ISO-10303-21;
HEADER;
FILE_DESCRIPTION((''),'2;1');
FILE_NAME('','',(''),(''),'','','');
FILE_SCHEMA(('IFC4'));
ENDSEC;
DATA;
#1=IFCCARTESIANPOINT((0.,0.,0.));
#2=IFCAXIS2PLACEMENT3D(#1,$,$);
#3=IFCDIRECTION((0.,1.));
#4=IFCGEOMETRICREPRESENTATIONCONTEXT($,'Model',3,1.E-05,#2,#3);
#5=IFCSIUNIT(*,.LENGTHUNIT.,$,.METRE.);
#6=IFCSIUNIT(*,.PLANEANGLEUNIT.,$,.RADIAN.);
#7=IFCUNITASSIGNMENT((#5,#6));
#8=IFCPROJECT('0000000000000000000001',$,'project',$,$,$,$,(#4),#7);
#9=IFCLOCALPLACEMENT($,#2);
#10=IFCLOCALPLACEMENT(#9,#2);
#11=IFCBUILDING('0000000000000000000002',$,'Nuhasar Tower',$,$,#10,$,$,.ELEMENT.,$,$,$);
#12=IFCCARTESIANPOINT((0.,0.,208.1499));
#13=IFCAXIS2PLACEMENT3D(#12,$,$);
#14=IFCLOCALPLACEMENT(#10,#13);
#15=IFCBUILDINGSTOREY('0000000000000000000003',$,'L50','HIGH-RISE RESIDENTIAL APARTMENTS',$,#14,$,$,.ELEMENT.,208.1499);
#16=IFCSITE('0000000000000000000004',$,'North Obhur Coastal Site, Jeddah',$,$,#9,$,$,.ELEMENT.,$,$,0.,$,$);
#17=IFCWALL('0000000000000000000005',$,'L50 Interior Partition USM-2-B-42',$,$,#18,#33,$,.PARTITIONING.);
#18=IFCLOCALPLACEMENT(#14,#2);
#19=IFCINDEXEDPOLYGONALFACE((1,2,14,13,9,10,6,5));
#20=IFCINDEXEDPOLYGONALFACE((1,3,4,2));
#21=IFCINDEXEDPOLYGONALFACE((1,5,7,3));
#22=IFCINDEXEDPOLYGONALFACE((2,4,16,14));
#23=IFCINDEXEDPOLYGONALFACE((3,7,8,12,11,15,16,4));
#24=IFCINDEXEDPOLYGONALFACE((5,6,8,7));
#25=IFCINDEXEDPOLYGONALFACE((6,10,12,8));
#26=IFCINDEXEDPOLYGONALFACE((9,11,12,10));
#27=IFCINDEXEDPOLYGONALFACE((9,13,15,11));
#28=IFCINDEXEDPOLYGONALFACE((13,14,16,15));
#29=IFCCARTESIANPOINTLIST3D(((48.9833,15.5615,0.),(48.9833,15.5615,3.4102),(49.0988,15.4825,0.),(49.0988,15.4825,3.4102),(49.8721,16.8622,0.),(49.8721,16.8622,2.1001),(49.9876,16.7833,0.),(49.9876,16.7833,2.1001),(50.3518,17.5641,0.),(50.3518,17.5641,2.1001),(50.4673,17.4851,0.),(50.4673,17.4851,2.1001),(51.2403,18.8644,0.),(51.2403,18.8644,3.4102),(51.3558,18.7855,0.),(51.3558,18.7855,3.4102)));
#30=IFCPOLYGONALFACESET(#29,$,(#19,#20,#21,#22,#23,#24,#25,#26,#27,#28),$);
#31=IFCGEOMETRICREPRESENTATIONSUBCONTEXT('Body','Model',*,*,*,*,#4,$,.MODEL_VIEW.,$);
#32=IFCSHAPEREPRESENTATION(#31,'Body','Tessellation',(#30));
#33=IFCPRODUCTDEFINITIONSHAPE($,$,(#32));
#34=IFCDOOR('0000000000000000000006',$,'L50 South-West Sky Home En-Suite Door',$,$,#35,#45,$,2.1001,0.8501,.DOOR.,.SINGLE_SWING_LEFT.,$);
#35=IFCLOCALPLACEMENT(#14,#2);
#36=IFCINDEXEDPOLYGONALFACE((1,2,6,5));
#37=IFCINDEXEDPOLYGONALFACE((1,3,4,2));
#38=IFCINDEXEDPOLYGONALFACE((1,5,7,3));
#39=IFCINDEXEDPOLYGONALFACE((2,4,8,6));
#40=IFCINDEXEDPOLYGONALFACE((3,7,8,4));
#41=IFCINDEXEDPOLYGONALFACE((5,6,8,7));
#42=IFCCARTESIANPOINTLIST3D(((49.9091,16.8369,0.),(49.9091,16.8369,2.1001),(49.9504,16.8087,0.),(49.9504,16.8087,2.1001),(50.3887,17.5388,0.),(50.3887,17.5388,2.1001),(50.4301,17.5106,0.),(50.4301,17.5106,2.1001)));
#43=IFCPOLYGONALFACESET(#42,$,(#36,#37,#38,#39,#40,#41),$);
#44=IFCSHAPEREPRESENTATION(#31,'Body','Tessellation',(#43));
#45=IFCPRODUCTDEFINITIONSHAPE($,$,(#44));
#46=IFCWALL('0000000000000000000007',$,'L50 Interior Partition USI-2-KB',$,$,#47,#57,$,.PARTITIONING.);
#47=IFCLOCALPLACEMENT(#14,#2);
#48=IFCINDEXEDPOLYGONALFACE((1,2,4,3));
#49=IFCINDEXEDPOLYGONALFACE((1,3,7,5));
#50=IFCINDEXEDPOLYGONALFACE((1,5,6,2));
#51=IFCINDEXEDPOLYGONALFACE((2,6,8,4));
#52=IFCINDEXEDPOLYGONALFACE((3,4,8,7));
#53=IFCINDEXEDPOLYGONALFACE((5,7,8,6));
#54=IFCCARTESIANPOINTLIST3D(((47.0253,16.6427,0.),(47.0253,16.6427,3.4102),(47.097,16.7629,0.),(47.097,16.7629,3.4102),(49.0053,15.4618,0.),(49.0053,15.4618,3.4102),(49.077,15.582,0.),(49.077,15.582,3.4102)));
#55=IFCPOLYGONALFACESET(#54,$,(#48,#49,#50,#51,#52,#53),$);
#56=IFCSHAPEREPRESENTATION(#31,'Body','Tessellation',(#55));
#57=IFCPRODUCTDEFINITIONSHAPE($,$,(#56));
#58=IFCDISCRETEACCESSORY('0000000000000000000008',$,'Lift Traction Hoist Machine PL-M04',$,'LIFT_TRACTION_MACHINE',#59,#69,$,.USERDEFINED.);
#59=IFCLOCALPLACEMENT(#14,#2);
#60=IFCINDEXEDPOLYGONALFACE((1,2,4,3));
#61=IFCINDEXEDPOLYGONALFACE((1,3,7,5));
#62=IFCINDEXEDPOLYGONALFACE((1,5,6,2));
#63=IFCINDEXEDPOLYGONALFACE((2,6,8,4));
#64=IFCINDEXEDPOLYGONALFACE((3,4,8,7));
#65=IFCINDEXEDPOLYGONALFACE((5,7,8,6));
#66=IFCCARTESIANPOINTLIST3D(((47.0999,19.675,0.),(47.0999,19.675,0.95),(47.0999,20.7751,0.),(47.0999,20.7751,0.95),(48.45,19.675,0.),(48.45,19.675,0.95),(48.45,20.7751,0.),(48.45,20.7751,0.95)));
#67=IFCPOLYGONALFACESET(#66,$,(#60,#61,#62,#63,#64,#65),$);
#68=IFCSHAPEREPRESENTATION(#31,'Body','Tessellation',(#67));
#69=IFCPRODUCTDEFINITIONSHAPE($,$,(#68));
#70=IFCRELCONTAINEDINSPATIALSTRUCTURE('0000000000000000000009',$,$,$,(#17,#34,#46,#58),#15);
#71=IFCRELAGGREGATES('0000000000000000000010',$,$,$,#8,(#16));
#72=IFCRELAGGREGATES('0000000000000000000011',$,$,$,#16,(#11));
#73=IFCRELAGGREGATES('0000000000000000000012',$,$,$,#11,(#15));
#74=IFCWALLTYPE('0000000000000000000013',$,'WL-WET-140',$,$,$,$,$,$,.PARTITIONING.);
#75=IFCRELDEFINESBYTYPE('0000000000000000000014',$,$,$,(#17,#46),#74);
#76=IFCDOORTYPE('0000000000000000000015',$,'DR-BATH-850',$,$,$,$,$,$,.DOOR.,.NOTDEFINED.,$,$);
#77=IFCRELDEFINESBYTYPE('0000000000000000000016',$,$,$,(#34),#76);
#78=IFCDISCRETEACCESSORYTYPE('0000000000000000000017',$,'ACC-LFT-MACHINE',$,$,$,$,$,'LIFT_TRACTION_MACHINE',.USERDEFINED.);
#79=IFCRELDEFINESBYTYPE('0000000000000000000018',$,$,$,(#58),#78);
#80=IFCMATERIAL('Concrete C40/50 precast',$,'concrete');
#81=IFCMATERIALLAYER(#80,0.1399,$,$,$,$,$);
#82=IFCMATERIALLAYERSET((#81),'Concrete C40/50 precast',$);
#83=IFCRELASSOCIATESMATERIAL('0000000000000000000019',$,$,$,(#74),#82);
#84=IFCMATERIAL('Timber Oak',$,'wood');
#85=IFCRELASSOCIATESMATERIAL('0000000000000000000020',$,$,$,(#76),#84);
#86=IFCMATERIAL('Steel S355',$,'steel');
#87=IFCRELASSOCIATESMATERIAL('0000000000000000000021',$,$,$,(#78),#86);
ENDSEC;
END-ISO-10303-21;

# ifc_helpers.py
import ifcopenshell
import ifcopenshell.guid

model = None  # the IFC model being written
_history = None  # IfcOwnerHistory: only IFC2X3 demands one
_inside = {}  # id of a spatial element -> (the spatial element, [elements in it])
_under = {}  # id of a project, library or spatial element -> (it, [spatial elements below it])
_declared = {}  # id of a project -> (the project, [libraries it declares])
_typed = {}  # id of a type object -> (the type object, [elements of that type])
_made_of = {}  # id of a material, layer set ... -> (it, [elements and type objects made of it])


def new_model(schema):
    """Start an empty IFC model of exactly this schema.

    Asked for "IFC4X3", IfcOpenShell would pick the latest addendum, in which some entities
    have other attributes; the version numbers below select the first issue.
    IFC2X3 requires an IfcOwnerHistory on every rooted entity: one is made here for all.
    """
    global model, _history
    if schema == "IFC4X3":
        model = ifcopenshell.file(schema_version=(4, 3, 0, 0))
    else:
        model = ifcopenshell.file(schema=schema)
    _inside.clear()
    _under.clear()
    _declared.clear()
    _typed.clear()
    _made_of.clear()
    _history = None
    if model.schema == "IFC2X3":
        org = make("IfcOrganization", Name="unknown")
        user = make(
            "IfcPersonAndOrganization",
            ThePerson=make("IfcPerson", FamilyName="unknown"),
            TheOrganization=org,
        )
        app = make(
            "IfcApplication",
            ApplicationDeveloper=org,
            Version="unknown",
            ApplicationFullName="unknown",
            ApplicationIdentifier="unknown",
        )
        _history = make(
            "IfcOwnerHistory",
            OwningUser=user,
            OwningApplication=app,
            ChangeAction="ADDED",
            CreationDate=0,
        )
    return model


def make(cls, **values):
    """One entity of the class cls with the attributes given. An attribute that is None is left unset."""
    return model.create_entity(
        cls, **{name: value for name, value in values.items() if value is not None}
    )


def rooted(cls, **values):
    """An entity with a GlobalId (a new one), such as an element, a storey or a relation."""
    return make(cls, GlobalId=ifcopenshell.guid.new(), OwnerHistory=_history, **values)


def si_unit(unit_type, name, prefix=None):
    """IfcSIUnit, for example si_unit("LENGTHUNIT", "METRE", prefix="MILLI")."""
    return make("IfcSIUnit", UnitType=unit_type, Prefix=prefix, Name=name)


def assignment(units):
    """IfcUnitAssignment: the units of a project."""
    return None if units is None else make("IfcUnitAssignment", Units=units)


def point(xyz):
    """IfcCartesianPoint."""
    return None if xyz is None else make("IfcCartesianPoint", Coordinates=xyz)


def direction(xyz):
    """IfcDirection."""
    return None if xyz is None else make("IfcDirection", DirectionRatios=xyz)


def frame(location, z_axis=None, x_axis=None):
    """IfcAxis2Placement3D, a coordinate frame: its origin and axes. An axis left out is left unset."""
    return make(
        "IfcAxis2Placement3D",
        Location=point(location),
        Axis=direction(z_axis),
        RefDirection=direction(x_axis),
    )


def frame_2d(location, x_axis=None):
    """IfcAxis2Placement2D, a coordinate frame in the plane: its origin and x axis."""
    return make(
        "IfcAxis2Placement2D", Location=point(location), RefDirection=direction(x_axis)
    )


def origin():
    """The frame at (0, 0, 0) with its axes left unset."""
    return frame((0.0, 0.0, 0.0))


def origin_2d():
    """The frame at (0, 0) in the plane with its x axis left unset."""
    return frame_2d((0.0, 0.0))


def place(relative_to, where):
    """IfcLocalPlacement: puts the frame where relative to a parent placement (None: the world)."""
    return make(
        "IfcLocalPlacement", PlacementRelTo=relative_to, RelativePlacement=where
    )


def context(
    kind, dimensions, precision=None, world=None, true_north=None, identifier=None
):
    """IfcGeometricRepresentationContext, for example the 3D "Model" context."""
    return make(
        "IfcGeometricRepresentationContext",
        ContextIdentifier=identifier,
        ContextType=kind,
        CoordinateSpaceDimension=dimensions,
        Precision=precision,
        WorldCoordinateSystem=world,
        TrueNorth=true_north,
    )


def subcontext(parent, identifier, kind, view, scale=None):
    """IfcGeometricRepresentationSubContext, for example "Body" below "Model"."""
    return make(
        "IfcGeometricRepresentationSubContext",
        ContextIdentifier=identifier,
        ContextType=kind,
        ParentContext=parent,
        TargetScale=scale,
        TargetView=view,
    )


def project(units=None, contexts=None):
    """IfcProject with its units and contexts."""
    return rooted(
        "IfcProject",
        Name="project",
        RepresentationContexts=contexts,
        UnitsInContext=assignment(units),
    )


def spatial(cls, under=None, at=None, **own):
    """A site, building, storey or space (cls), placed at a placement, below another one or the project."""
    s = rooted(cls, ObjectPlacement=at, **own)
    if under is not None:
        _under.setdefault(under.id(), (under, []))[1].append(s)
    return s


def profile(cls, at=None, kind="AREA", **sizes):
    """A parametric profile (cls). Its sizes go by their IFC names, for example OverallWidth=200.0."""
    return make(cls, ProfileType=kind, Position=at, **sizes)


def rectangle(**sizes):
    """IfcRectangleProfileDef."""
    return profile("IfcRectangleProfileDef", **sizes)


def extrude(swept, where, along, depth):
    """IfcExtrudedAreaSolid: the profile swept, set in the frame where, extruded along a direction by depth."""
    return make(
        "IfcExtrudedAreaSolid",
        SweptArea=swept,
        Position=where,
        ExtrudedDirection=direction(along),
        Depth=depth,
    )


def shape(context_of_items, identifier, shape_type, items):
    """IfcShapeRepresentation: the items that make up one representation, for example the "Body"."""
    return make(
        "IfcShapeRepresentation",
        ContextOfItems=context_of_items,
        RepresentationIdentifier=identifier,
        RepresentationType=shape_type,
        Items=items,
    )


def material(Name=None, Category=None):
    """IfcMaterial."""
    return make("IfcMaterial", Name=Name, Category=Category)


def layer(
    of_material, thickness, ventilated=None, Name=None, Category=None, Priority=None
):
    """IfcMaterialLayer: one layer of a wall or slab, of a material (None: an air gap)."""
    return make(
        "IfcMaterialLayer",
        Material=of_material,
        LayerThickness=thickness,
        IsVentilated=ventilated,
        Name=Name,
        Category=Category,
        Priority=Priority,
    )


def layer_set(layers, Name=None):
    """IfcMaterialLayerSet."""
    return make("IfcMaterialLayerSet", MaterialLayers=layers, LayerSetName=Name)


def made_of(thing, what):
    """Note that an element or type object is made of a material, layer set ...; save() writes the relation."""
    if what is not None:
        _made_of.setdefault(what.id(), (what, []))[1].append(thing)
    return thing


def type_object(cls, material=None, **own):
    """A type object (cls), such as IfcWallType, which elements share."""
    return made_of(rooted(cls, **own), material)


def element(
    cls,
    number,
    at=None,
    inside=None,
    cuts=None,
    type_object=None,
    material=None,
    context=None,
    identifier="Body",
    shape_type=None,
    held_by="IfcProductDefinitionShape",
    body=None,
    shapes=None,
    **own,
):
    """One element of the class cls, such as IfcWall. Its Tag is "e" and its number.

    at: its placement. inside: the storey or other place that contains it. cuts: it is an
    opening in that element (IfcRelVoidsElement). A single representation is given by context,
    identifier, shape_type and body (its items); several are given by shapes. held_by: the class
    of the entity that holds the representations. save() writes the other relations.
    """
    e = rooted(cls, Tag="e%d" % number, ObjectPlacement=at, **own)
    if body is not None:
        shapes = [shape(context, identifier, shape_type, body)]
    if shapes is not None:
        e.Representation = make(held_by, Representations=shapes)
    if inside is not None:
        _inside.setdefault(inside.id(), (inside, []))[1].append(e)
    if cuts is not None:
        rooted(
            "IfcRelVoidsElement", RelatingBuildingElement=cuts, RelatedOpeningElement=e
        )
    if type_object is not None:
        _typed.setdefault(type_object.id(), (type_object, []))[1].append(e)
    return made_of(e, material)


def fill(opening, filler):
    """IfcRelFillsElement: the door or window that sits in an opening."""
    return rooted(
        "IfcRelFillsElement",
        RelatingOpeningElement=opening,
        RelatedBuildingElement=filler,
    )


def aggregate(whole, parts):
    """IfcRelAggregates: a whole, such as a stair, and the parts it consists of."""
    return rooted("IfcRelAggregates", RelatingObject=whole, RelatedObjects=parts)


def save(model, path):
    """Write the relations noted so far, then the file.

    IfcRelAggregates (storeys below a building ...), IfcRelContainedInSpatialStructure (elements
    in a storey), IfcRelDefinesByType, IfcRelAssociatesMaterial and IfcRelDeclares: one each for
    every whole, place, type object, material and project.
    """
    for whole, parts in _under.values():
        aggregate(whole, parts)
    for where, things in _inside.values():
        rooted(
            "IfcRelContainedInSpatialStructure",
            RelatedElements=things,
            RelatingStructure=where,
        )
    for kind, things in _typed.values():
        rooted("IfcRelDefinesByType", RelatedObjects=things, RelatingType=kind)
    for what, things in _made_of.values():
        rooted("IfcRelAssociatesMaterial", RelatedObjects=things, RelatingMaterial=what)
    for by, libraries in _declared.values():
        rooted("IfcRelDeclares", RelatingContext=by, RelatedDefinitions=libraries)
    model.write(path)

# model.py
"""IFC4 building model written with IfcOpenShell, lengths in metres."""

from ifc_helpers import new_model, si_unit, direction, frame, frame_2d, origin, origin_2d, place, context, subcontext, project, spatial, rectangle, extrude, material, layer, layer_set, type_object, element, fill, save


model = new_model("IFC4")

# Units and contexts
model_context = context("Model", 3, precision=1e-05, world=origin(), true_north=direction((0.0, 1.0)))
body_context = subcontext(model_context, "Body", "Model", "MODEL_VIEW")
ifc_project = project(units=[si_unit("LENGTHUNIT", "METRE"), si_unit("PLANEANGLEUNIT", "RADIAN")], contexts=[model_context])

# Site, building, storey
site_placement = place(None, origin())
site = spatial("IfcSite", under=ifc_project, at=site_placement, Name="North Obhur Coastal Site, Jeddah", CompositionType="ELEMENT", RefElevation=0.0)
building_placement = place(site_placement, origin())
building = spatial("IfcBuilding", under=site, at=building_placement, Name="Nuhasar Tower", CompositionType="ELEMENT")
storey_placement = place(building_placement, frame((0.0, 0.0, 208.1499)))
storey = spatial("IfcBuildingStorey", under=building, at=storey_placement, Name="L50", Description="HIGH-RISE RESIDENTIAL APARTMENTS", CompositionType="ELEMENT", Elevation=208.1499)

# Shared definitions
ifc_material_1 = material(Name="Steel S355", Category="steel")

# Shared definitions
ifc_material_2 = material(Name="Timber Oak", Category="wood")

# Shared definitions
ifc_material_3 = material(Name="Concrete C40/50 precast", Category="concrete")

# Wall, opening, door
ifc_layer_1 = layer(ifc_material_3, 0.1399)
ifc_layer_set_1 = layer_set([ifc_layer_1], Name="Concrete C40/50 precast")
wall_type_1 = type_object("IfcWallType", Name="WL-WET-140", PredefinedType="PARTITIONING", material=ifc_layer_set_1)
wall_1_placement = place(storey_placement, frame((51.2981, 18.825, 0.0), z_axis=(0.0, 0.0, 1.0), x_axis=(-0.564198, -0.825639, 0.0)))
wall_1 = element("IfcWall", 1, at=wall_1_placement, inside=storey, type_object=wall_type_1, Name="L50 Interior Partition USM-2-B-42", PredefinedType="PARTITIONING", context=body_context, shape_type="SweptSolid", body=[
    extrude(rectangle(XDim=4.0005, YDim=0.1399, at=frame_2d((2.0002, 0.0))), origin(), (0.0, 0.0, 1.0), 3.4102),
])
opening_1_placement = place(wall_1_placement, frame((1.575, 0.0, 0.0)))
opening_1 = element("IfcOpeningElement", 2, at=opening_1_placement, cuts=wall_1, PredefinedType="OPENING", context=body_context, shape_type="SweptSolid", body=[
    extrude(rectangle(XDim=0.8501, YDim=2.1001, at=frame_2d((0.425, 1.05))), frame((0.0, 0.0801, 0.0), z_axis=(0.0, -1.0, 0.0), x_axis=(1.0, 0.0, 0.0)), (0.0, 0.0, 1.0), 0.1599),
])
door_type_1 = type_object("IfcDoorType", Name="DR-BATH-850", OperationType="NOTDEFINED", PredefinedType="DOOR", material=ifc_material_2)
door_1_placement = place(opening_1_placement, origin())
door_1 = element("IfcDoor", 3, at=door_1_placement, inside=storey, type_object=door_type_1, Name="L50 South-West Sky Home En-Suite Door", OperationType="SINGLE_SWING_LEFT", OverallHeight=2.1001, OverallWidth=0.8501, PredefinedType="DOOR", context=body_context, shape_type="SweptSolid", body=[
    extrude(rectangle(XDim=0.8501, YDim=2.1001, at=frame_2d((0.425, 1.05))), frame((0.0, 0.0249, 0.0), z_axis=(0.0, -1.0, 0.0), x_axis=(1.0, 0.0, 0.0)), (0.0, 0.0, 1.0), 0.05),
])
fill(opening_1, door_1)

# Wall
wall_2_placement = place(storey_placement, frame((47.061, 16.7029, 0.0), z_axis=(0.0, 0.0, 1.0), x_axis=(0.858845, -0.512236, 0.0)))
element("IfcWall", 4, at=wall_2_placement, inside=storey, type_object=wall_type_1, Name="L50 Interior Partition USI-2-KB", PredefinedType="PARTITIONING", context=body_context, shape_type="SweptSolid", body=[
    extrude(rectangle(XDim=2.3054, YDim=0.1399, at=frame_2d((1.1528, 0.0))), origin(), (0.0, 0.0, 1.0), 3.4102),
])

# Discrete accessory
discrete_accessory_type = type_object("IfcDiscreteAccessoryType", Name="ACC-LFT-MACHINE", ElementType="LIFT_TRACTION_MACHINE", PredefinedType="USERDEFINED", material=ifc_material_1)
discrete_accessory_placement = place(storey_placement, frame((47.7749, 20.2251, 0.0), z_axis=(0.0, 0.0, 1.0), x_axis=(1.0, 0.0, 0.0)))
element("IfcDiscreteAccessory", 5, at=discrete_accessory_placement, inside=storey, type_object=discrete_accessory_type, Name="Lift Traction Hoist Machine PL-M04", ObjectType="LIFT_TRACTION_MACHINE", PredefinedType="USERDEFINED", context=body_context, shape_type="SweptSolid", body=[
    extrude(rectangle(XDim=1.3501, YDim=1.1001, at=origin_2d()), origin(), (0.0, 0.0, 1.0), 0.95),
])

save(model, "model.ifc")
